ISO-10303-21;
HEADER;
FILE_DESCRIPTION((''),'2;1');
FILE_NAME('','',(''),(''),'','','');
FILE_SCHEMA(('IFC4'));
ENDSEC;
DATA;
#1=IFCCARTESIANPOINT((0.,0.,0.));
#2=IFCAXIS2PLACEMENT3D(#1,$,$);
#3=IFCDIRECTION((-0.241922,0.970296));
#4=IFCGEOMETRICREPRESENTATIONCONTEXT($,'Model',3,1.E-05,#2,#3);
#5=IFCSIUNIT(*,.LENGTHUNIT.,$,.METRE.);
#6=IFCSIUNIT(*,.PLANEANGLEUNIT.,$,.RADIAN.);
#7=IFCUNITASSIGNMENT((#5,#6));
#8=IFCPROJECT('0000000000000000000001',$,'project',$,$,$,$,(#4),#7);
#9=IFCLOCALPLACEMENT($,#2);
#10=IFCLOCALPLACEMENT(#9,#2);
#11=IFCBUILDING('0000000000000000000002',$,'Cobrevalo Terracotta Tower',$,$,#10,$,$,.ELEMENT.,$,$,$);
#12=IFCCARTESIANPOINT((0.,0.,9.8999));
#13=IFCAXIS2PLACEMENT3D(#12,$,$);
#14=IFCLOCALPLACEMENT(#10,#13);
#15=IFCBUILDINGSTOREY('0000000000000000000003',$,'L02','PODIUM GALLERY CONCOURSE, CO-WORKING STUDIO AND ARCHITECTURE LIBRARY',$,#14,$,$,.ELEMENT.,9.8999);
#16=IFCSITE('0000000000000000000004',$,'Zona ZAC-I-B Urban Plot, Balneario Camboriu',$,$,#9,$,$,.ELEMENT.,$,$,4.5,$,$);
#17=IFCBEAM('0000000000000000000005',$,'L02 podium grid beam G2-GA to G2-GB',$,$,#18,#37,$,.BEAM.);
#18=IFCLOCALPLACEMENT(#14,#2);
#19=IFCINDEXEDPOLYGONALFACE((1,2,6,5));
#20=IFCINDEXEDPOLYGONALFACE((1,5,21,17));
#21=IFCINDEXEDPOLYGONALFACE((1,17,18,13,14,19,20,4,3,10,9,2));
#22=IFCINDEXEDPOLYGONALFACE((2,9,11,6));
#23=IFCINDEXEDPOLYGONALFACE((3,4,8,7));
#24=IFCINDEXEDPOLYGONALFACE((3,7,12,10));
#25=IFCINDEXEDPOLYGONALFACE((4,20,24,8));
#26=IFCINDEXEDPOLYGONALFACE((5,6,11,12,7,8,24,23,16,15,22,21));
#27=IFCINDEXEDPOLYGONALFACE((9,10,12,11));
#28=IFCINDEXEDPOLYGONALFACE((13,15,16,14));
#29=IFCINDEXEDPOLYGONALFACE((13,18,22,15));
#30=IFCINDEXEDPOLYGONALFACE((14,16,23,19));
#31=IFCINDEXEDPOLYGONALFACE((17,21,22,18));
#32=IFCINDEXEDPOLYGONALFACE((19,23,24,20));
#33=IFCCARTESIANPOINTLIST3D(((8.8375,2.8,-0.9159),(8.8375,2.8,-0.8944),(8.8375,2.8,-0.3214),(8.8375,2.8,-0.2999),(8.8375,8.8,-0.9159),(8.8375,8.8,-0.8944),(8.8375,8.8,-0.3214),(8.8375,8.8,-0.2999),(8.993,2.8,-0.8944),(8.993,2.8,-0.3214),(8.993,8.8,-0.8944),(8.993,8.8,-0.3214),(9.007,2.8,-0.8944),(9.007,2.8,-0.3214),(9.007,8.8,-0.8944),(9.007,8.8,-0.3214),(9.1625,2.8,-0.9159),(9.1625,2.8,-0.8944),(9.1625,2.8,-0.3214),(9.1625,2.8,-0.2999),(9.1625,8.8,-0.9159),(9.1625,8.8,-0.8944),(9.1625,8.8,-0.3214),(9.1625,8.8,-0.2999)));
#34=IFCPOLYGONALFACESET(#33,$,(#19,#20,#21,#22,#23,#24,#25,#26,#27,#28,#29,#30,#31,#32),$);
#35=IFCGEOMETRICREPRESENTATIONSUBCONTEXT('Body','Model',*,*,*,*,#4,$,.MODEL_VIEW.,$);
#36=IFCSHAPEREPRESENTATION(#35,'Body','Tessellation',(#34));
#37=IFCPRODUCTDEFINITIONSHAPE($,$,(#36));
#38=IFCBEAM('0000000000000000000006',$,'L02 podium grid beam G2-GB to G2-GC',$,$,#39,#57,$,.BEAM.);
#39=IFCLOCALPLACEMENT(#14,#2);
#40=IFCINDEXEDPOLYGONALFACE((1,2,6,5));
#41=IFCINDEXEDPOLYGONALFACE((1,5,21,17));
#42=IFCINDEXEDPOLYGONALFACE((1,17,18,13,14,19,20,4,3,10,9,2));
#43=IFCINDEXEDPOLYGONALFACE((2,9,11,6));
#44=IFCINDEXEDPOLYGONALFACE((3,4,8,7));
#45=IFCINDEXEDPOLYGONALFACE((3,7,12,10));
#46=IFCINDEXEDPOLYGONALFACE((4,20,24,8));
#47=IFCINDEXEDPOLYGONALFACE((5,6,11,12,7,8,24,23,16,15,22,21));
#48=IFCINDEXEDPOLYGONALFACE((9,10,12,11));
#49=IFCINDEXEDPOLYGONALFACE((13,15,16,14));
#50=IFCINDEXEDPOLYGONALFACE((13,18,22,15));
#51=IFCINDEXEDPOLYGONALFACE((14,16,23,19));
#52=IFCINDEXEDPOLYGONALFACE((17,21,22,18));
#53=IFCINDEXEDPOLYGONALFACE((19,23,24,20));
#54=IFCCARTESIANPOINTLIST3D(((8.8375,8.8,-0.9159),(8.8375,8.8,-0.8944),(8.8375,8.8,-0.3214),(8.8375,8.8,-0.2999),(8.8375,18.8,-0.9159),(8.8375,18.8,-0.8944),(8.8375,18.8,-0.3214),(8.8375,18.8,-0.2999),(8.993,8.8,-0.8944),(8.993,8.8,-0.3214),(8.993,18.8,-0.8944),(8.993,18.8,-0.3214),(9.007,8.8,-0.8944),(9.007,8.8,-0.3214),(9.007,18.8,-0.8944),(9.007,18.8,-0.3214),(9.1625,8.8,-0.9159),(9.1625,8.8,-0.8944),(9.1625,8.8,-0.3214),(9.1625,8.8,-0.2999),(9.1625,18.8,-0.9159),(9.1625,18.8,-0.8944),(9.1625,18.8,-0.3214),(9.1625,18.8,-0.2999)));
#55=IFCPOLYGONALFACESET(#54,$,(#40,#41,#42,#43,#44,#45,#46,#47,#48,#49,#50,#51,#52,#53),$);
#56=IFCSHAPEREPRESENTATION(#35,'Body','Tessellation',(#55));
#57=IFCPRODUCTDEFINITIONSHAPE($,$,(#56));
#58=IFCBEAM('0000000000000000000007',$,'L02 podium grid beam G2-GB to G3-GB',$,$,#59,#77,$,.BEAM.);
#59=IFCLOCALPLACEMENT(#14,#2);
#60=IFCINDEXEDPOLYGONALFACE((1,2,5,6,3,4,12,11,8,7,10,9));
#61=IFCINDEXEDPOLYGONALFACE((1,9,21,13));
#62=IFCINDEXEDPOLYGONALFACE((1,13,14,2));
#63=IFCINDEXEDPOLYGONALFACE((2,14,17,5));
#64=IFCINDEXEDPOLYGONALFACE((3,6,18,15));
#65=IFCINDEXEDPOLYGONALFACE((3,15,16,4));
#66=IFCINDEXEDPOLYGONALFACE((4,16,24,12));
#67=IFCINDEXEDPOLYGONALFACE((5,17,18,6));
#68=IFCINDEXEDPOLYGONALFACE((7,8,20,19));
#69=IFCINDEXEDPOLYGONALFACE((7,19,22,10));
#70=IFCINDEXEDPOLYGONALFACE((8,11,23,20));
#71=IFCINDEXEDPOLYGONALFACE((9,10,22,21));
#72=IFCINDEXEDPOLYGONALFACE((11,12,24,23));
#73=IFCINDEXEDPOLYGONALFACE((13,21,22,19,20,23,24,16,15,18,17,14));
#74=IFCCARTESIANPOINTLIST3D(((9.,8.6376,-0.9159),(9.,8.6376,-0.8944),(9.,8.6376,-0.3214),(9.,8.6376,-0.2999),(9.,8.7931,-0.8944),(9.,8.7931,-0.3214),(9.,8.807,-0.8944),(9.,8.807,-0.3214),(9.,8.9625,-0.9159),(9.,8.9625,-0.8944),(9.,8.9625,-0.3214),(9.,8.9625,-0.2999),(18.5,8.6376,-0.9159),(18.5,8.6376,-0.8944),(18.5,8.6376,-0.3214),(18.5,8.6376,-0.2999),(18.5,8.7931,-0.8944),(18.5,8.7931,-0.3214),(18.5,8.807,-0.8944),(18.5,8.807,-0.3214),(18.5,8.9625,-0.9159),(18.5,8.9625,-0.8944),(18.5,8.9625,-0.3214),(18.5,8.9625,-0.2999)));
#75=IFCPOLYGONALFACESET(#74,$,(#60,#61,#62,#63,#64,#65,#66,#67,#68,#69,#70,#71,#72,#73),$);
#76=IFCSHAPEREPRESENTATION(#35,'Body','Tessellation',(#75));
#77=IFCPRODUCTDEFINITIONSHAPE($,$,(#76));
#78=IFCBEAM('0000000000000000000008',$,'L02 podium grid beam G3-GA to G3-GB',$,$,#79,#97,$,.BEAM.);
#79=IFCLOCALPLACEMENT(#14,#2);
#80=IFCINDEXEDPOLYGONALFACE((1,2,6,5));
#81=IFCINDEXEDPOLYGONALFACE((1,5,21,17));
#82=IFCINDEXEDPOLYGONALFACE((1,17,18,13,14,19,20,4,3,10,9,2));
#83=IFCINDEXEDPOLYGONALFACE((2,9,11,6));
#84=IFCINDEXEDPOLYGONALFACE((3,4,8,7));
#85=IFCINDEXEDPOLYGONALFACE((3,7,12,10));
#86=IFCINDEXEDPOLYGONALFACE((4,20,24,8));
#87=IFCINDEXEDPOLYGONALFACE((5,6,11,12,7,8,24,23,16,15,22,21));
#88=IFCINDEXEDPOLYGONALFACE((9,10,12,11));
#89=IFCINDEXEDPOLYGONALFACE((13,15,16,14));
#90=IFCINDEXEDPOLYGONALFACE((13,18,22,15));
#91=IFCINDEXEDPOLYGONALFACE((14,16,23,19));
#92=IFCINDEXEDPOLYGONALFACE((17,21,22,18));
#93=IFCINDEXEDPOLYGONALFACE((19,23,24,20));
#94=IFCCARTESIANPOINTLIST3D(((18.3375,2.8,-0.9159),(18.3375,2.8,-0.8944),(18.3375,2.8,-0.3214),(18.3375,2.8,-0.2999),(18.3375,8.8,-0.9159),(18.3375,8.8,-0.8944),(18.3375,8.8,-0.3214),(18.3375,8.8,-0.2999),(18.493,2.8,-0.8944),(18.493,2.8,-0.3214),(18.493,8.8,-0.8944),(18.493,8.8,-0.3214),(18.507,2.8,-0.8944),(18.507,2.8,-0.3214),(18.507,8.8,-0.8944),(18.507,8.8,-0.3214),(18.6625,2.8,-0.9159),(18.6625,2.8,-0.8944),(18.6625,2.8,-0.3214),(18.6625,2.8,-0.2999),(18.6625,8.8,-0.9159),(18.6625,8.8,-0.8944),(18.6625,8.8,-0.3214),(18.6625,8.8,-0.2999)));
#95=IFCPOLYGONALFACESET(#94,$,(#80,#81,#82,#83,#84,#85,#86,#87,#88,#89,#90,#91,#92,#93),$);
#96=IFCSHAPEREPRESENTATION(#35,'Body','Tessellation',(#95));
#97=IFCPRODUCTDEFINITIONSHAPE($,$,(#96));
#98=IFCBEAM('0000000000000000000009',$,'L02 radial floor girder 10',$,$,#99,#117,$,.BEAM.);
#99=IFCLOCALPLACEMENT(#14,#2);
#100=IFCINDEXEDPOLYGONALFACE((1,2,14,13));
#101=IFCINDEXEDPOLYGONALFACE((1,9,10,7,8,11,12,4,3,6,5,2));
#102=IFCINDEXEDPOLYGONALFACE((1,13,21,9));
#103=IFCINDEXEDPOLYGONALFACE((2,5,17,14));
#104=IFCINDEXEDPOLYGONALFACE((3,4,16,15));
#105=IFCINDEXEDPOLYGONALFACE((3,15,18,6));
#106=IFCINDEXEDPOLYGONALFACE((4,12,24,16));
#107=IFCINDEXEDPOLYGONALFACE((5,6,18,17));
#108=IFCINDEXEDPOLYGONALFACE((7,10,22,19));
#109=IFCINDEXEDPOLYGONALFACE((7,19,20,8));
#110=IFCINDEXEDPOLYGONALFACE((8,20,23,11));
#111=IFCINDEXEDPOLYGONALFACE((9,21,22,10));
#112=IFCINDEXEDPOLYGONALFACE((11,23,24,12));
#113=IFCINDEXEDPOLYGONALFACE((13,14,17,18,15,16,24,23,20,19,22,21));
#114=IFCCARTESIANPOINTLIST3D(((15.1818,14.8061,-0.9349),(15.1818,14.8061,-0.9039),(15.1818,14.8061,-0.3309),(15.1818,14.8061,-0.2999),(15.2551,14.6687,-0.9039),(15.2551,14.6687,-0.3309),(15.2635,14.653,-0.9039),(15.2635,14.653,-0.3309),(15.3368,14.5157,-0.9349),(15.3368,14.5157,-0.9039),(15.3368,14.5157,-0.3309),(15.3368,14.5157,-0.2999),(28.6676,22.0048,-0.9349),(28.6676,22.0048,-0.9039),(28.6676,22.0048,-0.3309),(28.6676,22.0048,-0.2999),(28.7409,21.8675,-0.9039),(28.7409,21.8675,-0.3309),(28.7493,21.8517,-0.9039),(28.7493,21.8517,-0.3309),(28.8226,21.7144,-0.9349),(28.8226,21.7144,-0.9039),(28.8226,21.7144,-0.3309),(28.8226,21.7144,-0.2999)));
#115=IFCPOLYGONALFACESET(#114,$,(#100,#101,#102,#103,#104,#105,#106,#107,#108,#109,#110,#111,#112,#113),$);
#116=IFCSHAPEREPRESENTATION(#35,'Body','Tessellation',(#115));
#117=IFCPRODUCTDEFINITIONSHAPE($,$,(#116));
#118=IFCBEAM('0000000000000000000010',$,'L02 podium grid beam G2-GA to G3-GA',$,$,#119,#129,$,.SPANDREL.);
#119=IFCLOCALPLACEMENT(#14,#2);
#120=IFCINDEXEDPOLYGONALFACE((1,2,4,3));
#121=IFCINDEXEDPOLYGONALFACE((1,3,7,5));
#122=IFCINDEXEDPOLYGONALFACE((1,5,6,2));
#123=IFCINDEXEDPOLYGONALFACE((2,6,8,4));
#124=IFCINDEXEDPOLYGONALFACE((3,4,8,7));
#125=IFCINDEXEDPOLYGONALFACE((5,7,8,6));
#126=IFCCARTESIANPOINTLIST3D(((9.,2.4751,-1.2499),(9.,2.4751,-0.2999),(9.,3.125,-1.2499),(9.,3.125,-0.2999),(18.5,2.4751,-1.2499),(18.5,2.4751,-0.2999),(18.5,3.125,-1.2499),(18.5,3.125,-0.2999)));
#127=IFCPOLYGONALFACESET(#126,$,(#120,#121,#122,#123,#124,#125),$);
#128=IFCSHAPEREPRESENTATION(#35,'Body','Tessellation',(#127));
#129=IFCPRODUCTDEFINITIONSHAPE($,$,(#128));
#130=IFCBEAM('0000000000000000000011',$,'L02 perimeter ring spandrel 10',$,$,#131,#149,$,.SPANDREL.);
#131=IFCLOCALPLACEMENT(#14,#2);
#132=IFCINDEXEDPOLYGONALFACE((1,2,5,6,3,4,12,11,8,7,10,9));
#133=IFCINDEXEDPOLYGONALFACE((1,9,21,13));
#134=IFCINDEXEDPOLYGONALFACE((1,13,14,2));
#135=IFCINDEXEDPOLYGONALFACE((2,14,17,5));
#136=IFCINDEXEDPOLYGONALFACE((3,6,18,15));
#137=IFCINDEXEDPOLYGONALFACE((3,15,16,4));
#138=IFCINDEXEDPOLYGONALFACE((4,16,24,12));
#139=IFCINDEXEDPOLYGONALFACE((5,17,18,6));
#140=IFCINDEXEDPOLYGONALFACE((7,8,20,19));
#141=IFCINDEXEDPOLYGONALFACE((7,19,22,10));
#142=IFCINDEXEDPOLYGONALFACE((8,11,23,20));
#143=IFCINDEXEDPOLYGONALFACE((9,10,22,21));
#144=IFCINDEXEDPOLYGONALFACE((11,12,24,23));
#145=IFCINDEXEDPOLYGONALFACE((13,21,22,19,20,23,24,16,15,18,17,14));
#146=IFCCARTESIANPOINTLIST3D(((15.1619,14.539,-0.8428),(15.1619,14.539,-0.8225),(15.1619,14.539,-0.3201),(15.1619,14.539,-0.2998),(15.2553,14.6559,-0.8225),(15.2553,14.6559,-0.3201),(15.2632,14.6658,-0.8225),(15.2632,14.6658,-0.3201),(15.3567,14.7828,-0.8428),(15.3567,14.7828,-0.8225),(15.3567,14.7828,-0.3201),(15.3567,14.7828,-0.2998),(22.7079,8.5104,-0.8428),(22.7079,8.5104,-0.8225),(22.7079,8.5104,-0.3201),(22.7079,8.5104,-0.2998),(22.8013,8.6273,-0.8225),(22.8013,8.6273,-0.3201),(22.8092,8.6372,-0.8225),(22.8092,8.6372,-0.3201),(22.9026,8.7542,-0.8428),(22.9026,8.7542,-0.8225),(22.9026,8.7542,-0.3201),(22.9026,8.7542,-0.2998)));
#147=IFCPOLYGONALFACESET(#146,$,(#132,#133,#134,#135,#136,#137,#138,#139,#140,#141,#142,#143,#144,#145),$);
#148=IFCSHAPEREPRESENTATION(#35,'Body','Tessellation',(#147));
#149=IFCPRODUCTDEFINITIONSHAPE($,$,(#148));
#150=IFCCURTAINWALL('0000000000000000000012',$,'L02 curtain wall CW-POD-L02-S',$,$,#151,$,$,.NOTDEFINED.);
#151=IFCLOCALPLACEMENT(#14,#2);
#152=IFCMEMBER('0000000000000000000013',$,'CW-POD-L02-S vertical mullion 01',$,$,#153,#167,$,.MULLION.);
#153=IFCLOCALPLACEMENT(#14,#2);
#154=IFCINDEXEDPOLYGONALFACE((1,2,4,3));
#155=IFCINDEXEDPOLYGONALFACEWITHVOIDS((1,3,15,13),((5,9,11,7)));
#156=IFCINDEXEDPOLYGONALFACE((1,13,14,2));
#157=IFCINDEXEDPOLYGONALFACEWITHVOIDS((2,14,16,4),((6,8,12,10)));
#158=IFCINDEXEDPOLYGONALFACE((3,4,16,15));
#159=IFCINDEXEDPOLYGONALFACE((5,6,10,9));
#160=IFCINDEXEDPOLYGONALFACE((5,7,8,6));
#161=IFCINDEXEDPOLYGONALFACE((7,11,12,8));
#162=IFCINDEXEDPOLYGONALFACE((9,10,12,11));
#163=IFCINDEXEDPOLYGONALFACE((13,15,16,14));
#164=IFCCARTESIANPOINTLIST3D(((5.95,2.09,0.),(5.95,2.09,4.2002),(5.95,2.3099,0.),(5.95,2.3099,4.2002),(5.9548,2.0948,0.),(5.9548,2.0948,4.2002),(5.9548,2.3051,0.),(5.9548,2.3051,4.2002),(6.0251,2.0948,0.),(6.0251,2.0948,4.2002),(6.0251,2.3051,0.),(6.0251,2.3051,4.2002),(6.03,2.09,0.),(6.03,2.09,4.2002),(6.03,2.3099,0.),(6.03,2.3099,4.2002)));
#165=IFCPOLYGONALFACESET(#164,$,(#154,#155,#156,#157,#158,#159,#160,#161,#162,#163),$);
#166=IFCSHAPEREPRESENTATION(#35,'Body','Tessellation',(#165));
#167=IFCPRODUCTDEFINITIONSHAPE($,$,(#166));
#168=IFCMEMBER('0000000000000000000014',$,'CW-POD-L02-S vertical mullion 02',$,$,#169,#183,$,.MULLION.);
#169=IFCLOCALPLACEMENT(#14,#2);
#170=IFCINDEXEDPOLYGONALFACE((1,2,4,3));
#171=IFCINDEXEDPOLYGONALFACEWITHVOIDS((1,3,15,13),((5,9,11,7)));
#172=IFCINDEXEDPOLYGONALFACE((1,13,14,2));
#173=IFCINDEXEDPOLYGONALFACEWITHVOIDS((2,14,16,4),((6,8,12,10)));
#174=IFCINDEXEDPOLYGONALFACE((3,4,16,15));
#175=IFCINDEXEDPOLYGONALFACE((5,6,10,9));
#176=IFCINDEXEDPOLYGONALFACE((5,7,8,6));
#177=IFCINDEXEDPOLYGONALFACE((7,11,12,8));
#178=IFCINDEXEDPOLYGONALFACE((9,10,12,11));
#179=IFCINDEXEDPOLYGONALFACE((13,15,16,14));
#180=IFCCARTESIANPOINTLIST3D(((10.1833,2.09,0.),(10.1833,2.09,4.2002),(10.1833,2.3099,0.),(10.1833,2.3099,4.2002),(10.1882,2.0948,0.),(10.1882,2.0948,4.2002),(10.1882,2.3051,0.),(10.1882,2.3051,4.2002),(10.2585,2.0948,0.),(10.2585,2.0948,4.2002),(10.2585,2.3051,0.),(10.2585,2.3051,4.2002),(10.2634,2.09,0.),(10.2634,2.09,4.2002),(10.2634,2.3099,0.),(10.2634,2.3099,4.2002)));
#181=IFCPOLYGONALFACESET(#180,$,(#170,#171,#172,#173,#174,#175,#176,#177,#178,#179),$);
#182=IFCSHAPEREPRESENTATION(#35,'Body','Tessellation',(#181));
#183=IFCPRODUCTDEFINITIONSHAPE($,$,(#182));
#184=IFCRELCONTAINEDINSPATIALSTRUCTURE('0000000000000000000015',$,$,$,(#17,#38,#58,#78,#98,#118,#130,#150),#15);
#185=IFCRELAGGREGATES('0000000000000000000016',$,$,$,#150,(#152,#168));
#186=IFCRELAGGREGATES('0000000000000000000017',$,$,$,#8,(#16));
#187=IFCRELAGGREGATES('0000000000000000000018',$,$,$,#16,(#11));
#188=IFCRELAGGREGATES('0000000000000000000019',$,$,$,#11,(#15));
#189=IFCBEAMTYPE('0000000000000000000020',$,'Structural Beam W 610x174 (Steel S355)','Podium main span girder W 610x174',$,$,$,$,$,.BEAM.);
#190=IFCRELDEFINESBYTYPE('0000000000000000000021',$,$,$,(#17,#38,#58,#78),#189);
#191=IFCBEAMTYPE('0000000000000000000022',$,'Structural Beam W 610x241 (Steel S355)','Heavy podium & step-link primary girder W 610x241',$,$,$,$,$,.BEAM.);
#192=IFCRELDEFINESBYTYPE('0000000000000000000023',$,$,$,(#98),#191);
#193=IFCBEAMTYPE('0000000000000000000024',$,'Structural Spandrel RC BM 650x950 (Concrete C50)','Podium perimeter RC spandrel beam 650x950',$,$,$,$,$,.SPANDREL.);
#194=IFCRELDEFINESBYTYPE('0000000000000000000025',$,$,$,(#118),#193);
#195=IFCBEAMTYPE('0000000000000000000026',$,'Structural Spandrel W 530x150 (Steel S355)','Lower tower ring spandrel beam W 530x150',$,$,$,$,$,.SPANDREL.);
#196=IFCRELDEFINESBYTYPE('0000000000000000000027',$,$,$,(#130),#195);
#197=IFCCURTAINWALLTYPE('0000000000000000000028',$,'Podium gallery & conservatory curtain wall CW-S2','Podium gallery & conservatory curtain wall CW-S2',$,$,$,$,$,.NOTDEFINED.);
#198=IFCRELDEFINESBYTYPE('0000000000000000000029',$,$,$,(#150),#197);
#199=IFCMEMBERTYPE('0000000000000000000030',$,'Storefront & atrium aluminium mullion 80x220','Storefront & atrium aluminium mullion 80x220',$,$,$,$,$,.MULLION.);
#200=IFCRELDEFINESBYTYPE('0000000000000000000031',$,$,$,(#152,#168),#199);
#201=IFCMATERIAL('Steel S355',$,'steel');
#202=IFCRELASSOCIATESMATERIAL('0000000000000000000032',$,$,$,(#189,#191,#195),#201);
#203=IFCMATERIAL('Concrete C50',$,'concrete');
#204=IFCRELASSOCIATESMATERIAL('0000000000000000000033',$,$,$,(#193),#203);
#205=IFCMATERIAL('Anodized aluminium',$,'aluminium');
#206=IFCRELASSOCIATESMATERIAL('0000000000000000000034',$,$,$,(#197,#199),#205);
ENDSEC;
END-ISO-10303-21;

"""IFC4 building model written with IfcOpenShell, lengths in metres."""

from ifc_helpers import new_model, si_unit, direction, frame, origin, origin_2d, place, context, subcontext, project, spatial, rectangle, hollow_rectangle, i_section, extrude, source, transform, mapped, material, material_profile, profile_set, type_object, element, aggregate, save


model = new_model("IFC4")

# Units and contexts
model_context = context("Model", 3, precision=1e-05, world=origin(), true_north=direction((-0.241922, 0.970296)))
body_context = subcontext(model_context, "Body", "Model", "MODEL_VIEW")
ifc_project = project(units=[si_unit("LENGTHUNIT", "METRE"), si_unit("PLANEANGLEUNIT", "RADIAN")], contexts=[model_context])

# Site, building, storey
site_placement = place(None, origin())
site = spatial("IfcSite", under=ifc_project, at=site_placement, Name="Zona ZAC-I-B Urban Plot, Balneario Camboriu", CompositionType="ELEMENT", RefElevation=4.5)
building_placement = place(site_placement, origin())
building = spatial("IfcBuilding", under=site, at=building_placement, Name="Cobrevalo Terracotta Tower", CompositionType="ELEMENT")
storey_placement = place(building_placement, frame((0.0, 0.0, 9.8999)))
storey = spatial("IfcBuildingStorey", under=building, at=storey_placement, Name="L02", Description="PODIUM GALLERY CONCOURSE, CO-WORKING STUDIO AND ARCHITECTURE LIBRARY", CompositionType="ELEMENT", Elevation=9.8999)

# Shared definitions
ifc_material_1 = material(Name="Steel S355", Category="steel")
ifc_material_2 = material(Name="Concrete C50", Category="concrete")

# Beams
ifc_material_profile_1 = material_profile(ifc_material_1, i_section(OverallWidth=0.325, OverallDepth=0.616, WebThickness=0.0139, FlangeThickness=0.0215, at=origin_2d()), Name="W 610x174")
ifc_profile_set_1 = profile_set([ifc_material_profile_1], Name="Steel S355")
beam_type_1 = type_object("IfcBeamType", Name="Structural Beam W 610x174 (Steel S355)", Description="Podium main span girder W 610x174", PredefinedType="BEAM", material=ifc_profile_set_1)
beam_1_placement = place(storey_placement, frame((9.0, 2.8, -0.6079), z_axis=(0.0, 1.0, 0.0), x_axis=(-1.0, 0.0, 0.0)))
element("IfcBeam", 1, at=beam_1_placement, inside=storey, type_object=beam_type_1, Name="L02 podium grid beam G2-GA to G2-GB", PredefinedType="BEAM", context=body_context, shape_type="SweptSolid", body=[
    extrude(i_section(OverallWidth=0.325, OverallDepth=0.616, WebThickness=0.0139, FlangeThickness=0.0215, at=origin_2d()), origin(), (0.0, 0.0, 1.0), 6.0),
])
beam_2_placement = place(storey_placement, frame((9.0, 8.8, -0.6079), z_axis=(0.0, 1.0, 0.0), x_axis=(-1.0, 0.0, 0.0)))
element("IfcBeam", 2, at=beam_2_placement, inside=storey, type_object=beam_type_1, Name="L02 podium grid beam G2-GB to G2-GC", PredefinedType="BEAM", context=body_context, shape_type="SweptSolid", body=[
    extrude(i_section(OverallWidth=0.325, OverallDepth=0.616, WebThickness=0.0139, FlangeThickness=0.0215, at=origin_2d()), origin(), (0.0, 0.0, 1.0), 10.0),
])
beam_3_placement = place(storey_placement, frame((9.0, 8.8, -0.6079), z_axis=(1.0, 0.0, 0.0), x_axis=(0.0, 1.0, 0.0)))
element("IfcBeam", 3, at=beam_3_placement, inside=storey, type_object=beam_type_1, Name="L02 podium grid beam G2-GB to G3-GB", PredefinedType="BEAM", context=body_context, shape_type="SweptSolid", body=[
    extrude(i_section(OverallWidth=0.325, OverallDepth=0.616, WebThickness=0.0139, FlangeThickness=0.0215, at=origin_2d()), origin(), (0.0, 0.0, 1.0), 9.5),
])
beam_4_placement = place(storey_placement, frame((18.5, 2.8, -0.6079), z_axis=(0.0, 1.0, 0.0), x_axis=(-1.0, 0.0, 0.0)))
element("IfcBeam", 4, at=beam_4_placement, inside=storey, type_object=beam_type_1, Name="L02 podium grid beam G3-GA to G3-GB", PredefinedType="BEAM", context=body_context, shape_type="SweptSolid", body=[
    extrude(i_section(OverallWidth=0.325, OverallDepth=0.616, WebThickness=0.0139, FlangeThickness=0.0215, at=origin_2d()), origin(), (0.0, 0.0, 1.0), 6.0),
])
ifc_material_profile_2 = material_profile(ifc_material_1, i_section(OverallWidth=0.3291, OverallDepth=0.635, WebThickness=0.0178, FlangeThickness=0.031, at=origin_2d()), Name="W 610x241")
ifc_profile_set_2 = profile_set([ifc_material_profile_2], Name="Steel S355")
beam_type_2 = type_object("IfcBeamType", Name="Structural Beam W 610x241 (Steel S355)", Description="Heavy podium & step-link primary girder W 610x241", PredefinedType="BEAM", material=ifc_profile_set_2)
beam_5_placement = place(storey_placement, frame((15.2593, 14.6609, -0.6174), z_axis=(0.882182, 0.470908, 0.0), x_axis=(-0.470908, 0.882182, 0.0)))
element("IfcBeam", 5, at=beam_5_placement, inside=storey, type_object=beam_type_2, Name="L02 radial floor girder 10", PredefinedType="BEAM", context=body_context, shape_type="SweptSolid", body=[
    extrude(i_section(OverallWidth=0.3291, OverallDepth=0.635, WebThickness=0.0178, FlangeThickness=0.031, at=origin_2d()), origin(), (0.0, 0.0, 1.0), 15.2869),
])
ifc_material_profile_3 = material_profile(ifc_material_2, rectangle(XDim=0.6499, YDim=0.95, at=origin_2d()), Name="RC BM 650x950")
ifc_profile_set_3 = profile_set([ifc_material_profile_3], Name="Concrete C50")
beam_type_3 = type_object("IfcBeamType", Name="Structural Spandrel RC BM 650x950 (Concrete C50)", Description="Podium perimeter RC spandrel beam 650x950", PredefinedType="SPANDREL", material=ifc_profile_set_3)
beam_6_placement = place(storey_placement, frame((9.0, 2.8, -0.7749), z_axis=(1.0, 0.0, 0.0), x_axis=(0.0, 1.0, 0.0)))
element("IfcBeam", 6, at=beam_6_placement, inside=storey, type_object=beam_type_3, Name="L02 podium grid beam G2-GA to G3-GA", PredefinedType="SPANDREL", context=body_context, shape_type="SweptSolid", body=[
    extrude(rectangle(XDim=0.6499, YDim=0.95, at=origin_2d()), origin(), (0.0, 0.0, 1.0), 9.5),
])
ifc_material_profile_4 = material_profile(ifc_material_1, i_section(OverallWidth=0.312, OverallDepth=0.543, WebThickness=0.0127, FlangeThickness=0.0203, at=origin_2d()), Name="W 530x150")
ifc_profile_set_4 = profile_set([ifc_material_profile_4], Name="Steel S355")
beam_type_4 = type_object("IfcBeamType", Name="Structural Spandrel W 530x150 (Steel S355)", Description="Lower tower ring spandrel beam W 530x150", PredefinedType="SPANDREL", material=ifc_profile_set_4)
beam_7_placement = place(storey_placement, frame((15.2593, 14.6609, -0.5713), z_axis=(0.78128, -0.62418, 0.0), x_axis=(0.62418, 0.78128, 0.0)))
element("IfcBeam", 7, at=beam_7_placement, inside=storey, type_object=beam_type_4, Name="L02 perimeter ring spandrel 10", PredefinedType="SPANDREL", context=body_context, shape_type="SweptSolid", body=[
    extrude(i_section(OverallWidth=0.312, OverallDepth=0.543, WebThickness=0.0127, FlangeThickness=0.0203, at=origin_2d()), origin(), (0.0, 0.0, 1.0), 9.6584),
])

# Curtain wall, members
ifc_material_3 = material(Name="Anodized aluminium", Category="aluminium")
curtain_wall_type = type_object("IfcCurtainWallType", Name="Podium gallery & conservatory curtain wall CW-S2", Description="Podium gallery & conservatory curtain wall CW-S2", PredefinedType="NOTDEFINED", material=ifc_material_3)
curtain_wall_placement = place(storey_placement, origin())
curtain_wall = element("IfcCurtainWall", 8, at=curtain_wall_placement, inside=storey, type_object=curtain_wall_type, Name="L02 curtain wall CW-POD-L02-S", PredefinedType="NOTDEFINED")
ifc_material_profile_5 = material_profile(ifc_material_3, hollow_rectangle(XDim=0.0801, YDim=0.22, WallThickness=0.0049, at=origin_2d()), Name="CWM 80x220")
ifc_profile_set_5 = profile_set([ifc_material_profile_5], Name="Anodized aluminium")
member_type_1 = type_object("IfcMemberType", Name="Storefront & atrium aluminium mullion 80x220", Description="Storefront & atrium aluminium mullion 80x220", PredefinedType="MULLION", material=ifc_profile_set_5)
shared_shape_1 = source(origin(), body_context, "Body", "SweptSolid", [
    extrude(hollow_rectangle(XDim=0.0801, YDim=0.22, WallThickness=0.0049, at=origin_2d()), origin(), (0.0, 0.0, 1.0), 4.2002),
])
member_1_placement = place(storey_placement, frame((5.99, 2.2, 0.0), z_axis=(0.0, 0.0, 1.0), x_axis=(1.0, 0.0, 0.0)))
member_1 = element("IfcMember", 9, at=member_1_placement, type_object=member_type_1, Name="CW-POD-L02-S vertical mullion 01", PredefinedType="MULLION", context=body_context, shape_type="MappedRepresentation", body=[
    mapped(shared_shape_1, transform((0.0, 0.0, 0.0), scale=1.0)),
])
member_2_placement = place(storey_placement, frame((10.2234, 2.2, 0.0), z_axis=(0.0, 0.0, 1.0), x_axis=(1.0, 0.0, 0.0)))
member_2 = element("IfcMember", 10, at=member_2_placement, type_object=member_type_1, Name="CW-POD-L02-S vertical mullion 02", PredefinedType="MULLION", context=body_context, shape_type="MappedRepresentation", body=[
    mapped(shared_shape_1, transform((0.0, 0.0, 0.0), scale=1.0)),
])
aggregate(curtain_wall, [member_1, member_2])

save(model, "model.ifc")
